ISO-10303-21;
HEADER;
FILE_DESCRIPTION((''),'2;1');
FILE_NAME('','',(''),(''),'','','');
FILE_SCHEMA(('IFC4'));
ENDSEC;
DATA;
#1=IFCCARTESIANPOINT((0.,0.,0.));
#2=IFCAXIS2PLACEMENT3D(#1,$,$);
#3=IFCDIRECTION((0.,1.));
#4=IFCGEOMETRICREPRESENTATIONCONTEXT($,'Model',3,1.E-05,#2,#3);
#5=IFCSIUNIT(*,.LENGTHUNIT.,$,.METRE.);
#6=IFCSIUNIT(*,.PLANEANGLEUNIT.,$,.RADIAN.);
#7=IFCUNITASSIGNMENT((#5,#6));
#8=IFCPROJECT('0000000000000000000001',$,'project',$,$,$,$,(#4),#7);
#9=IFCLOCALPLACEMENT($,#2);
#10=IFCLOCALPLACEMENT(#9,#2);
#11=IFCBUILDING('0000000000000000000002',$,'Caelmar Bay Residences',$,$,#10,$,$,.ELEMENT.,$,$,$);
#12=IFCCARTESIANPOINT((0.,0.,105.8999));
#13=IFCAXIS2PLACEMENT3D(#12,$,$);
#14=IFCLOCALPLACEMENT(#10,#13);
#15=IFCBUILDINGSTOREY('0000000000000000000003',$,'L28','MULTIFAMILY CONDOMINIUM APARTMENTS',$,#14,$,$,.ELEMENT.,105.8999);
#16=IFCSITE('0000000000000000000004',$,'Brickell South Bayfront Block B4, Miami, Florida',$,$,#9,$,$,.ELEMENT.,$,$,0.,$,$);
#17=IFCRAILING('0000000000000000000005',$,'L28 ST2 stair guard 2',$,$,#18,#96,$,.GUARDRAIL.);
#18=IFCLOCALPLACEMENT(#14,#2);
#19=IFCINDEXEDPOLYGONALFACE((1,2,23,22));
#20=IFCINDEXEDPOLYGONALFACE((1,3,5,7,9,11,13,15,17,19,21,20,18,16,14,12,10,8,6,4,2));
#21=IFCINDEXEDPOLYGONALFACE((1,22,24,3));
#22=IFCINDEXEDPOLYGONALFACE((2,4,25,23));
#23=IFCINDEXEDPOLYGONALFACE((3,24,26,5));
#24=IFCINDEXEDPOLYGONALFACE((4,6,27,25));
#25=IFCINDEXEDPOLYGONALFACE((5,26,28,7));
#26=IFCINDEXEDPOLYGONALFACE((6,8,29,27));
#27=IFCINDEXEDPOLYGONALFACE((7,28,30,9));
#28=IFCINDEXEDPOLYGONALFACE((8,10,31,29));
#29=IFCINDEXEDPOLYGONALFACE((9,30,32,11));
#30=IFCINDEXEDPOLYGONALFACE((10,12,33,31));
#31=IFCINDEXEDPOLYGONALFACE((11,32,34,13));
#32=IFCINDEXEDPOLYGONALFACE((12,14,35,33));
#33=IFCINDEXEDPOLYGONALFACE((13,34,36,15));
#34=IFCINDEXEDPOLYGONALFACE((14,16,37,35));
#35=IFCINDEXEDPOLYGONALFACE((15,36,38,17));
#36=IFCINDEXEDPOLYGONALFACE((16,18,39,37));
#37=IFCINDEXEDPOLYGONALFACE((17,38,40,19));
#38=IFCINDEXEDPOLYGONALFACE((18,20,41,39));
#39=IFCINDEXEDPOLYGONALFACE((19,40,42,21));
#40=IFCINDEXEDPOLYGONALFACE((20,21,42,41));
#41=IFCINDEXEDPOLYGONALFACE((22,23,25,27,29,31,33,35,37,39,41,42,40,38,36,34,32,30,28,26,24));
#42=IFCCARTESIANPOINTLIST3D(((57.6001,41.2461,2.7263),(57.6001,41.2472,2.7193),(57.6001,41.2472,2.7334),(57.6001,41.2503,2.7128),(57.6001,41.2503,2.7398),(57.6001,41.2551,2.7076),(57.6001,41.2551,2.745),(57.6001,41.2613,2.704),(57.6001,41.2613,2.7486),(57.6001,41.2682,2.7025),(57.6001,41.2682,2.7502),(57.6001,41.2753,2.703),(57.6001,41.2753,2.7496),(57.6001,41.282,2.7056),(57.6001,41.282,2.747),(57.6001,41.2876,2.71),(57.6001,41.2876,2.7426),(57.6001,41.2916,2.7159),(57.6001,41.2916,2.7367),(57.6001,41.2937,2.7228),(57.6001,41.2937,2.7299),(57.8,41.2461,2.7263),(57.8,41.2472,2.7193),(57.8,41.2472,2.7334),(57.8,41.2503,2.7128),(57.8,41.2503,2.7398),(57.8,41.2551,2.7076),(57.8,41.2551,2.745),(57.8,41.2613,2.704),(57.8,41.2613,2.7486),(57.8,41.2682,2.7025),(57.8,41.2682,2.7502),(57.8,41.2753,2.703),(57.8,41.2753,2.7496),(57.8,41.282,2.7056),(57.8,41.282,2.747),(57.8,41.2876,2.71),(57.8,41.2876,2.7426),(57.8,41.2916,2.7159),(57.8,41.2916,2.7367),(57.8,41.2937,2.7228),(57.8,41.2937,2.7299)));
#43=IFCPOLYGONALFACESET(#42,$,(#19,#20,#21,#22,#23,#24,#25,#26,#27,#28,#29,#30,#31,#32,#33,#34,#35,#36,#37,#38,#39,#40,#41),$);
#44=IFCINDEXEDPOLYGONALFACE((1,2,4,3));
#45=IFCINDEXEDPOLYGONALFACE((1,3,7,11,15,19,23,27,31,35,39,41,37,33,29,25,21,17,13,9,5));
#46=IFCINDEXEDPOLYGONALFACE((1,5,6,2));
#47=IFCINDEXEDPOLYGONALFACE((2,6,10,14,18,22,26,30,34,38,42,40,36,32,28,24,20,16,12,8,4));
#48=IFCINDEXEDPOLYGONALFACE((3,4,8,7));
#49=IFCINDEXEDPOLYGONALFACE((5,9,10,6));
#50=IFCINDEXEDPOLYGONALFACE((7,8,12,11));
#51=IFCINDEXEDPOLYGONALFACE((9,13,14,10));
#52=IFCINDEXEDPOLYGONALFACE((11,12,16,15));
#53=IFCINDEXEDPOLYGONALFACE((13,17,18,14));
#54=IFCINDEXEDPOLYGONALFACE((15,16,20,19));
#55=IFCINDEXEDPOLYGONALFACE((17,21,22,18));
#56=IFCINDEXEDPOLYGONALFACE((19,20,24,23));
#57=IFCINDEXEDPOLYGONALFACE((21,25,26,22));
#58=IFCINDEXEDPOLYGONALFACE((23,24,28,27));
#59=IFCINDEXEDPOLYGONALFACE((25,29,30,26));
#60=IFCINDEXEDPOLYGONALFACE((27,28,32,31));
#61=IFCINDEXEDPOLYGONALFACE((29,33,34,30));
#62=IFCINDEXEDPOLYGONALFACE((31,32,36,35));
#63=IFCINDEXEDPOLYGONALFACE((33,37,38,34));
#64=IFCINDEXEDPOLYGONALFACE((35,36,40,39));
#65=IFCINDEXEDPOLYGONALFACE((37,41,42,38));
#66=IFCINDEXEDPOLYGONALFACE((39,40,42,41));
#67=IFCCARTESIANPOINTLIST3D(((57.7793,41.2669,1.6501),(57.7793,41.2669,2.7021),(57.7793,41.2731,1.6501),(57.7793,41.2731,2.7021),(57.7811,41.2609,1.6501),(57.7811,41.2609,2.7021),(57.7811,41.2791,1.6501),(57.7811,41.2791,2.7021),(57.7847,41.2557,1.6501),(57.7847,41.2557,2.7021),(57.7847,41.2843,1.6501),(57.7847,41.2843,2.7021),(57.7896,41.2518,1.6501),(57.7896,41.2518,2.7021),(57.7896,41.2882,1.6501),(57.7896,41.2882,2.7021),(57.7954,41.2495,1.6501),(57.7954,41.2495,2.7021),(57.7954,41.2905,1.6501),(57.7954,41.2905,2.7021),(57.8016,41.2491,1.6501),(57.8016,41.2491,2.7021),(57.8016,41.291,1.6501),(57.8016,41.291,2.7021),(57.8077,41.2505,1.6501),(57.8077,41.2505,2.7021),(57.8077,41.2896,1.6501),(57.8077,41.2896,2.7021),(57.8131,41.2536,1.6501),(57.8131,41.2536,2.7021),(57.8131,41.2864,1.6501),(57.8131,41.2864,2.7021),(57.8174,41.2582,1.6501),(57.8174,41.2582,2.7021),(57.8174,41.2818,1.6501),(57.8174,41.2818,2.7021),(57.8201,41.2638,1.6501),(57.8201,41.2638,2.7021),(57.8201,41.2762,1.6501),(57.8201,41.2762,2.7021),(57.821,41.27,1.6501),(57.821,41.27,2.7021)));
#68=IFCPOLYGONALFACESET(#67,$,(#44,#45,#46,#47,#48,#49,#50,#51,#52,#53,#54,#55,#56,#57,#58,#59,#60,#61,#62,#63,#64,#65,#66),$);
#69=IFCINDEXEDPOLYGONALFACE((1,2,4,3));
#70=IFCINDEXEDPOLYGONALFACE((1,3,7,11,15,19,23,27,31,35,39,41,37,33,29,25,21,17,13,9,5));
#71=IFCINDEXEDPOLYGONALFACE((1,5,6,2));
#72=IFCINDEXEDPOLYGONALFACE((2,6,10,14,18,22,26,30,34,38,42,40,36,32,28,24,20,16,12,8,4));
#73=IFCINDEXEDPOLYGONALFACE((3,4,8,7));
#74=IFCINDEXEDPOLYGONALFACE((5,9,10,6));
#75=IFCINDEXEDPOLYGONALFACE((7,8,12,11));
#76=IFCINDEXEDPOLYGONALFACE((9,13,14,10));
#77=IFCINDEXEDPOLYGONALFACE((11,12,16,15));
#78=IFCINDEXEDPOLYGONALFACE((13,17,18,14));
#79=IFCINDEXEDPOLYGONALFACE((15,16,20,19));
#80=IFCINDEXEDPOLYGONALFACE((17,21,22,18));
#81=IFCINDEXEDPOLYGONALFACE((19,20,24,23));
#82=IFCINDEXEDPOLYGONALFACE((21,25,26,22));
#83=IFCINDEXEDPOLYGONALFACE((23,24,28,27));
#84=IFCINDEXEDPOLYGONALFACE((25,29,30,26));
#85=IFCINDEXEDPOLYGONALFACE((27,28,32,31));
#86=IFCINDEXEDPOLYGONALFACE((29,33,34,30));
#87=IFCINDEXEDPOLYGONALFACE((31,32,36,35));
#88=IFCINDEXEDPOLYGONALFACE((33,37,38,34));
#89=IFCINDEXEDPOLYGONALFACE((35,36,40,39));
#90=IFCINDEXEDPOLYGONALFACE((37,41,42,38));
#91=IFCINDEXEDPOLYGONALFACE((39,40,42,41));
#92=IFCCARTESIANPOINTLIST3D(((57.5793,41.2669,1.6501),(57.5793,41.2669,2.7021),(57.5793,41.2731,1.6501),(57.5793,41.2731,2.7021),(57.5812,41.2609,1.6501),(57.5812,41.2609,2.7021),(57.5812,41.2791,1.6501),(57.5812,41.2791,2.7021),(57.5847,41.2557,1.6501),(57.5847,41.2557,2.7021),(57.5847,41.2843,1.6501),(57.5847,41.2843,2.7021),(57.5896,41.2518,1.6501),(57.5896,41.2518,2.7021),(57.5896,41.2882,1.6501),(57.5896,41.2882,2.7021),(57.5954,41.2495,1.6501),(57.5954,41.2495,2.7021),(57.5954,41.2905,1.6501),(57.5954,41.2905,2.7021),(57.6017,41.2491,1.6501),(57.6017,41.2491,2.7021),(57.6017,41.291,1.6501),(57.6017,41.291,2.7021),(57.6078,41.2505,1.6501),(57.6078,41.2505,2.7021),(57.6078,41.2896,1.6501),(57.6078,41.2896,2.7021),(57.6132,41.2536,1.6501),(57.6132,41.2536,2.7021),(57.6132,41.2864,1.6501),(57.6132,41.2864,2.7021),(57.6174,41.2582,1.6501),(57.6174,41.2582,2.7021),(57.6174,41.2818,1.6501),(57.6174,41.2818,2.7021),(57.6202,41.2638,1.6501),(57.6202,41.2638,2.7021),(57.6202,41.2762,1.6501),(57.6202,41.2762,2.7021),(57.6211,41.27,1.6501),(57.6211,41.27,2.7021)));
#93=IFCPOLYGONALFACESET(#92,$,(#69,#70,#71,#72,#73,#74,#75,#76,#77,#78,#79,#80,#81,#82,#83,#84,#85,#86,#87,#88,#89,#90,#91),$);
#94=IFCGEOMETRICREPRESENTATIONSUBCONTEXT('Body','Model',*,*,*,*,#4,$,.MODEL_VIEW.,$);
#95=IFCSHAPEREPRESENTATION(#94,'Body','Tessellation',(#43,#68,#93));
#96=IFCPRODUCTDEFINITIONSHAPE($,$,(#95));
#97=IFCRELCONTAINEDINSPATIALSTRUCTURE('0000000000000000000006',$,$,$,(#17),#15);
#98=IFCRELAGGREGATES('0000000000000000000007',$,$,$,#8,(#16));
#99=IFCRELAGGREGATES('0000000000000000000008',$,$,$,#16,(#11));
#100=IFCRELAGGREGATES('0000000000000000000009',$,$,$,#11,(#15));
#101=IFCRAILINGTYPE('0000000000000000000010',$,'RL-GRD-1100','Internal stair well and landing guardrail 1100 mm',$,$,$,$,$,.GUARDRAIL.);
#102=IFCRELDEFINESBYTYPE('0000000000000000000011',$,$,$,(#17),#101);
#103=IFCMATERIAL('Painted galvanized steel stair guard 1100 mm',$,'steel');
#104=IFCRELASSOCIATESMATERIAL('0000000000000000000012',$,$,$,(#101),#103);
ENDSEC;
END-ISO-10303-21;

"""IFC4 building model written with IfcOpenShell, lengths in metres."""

from ifc_helpers import new_model, si_unit, direction, frame, origin, origin_2d, place, context, subcontext, project, spatial, circle, extrude, material, type_object, element, save


model = new_model("IFC4")

# Units and contexts
model_context = context("Model", 3, precision=1e-05, world=origin(), true_north=direction((0.0, 1.0)))
body_context = subcontext(model_context, "Body", "Model", "MODEL_VIEW")
ifc_project = project(units=[si_unit("LENGTHUNIT", "METRE"), si_unit("PLANEANGLEUNIT", "RADIAN")], contexts=[model_context])

# Site, building, storey
site_placement = place(None, origin())
site = spatial("IfcSite", under=ifc_project, at=site_placement, Name="Brickell South Bayfront Block B4, Miami, Florida", CompositionType="ELEMENT", RefElevation=0.0)
building_placement = place(site_placement, origin())
building = spatial("IfcBuilding", under=site, at=building_placement, Name="Caelmar Bay Residences", CompositionType="ELEMENT")
storey_placement = place(building_placement, frame((0.0, 0.0, 105.8999)))
storey = spatial("IfcBuildingStorey", under=building, at=storey_placement, Name="L28", Description="MULTIFAMILY CONDOMINIUM APARTMENTS", CompositionType="ELEMENT", Elevation=105.8999)

# Railing
ifc_material_1 = material(Name="Painted galvanized steel stair guard 1100 mm", Category="steel")
railing_type_1 = type_object("IfcRailingType", Name="RL-GRD-1100", Description="Internal stair well and landing guardrail 1100 mm", PredefinedType="GUARDRAIL", material=ifc_material_1)
railing_1_placement = place(storey_placement, frame((57.8, 41.27, 1.6501)))
element("IfcRailing", 1, at=railing_1_placement, inside=storey, type_object=railing_type_1, Name="L28 ST2 stair guard 2", PredefinedType="GUARDRAIL", context=body_context, shape_type="SweptSolid", body=[
    extrude(circle(Radius=0.0239, at=origin_2d()), frame((0.0, 0.0, 1.0762), z_axis=(-1.0, 0.0, 0.0), x_axis=(0.0, -1.0, 0.0)), (0.0, 0.0, 1.0), 0.2),
    extrude(circle(Radius=0.021, at=origin_2d()), origin(), (0.0, 0.0, 1.0), 1.052),
    extrude(circle(Radius=0.021, at=origin_2d()), frame((-0.2, 0.0, 0.0)), (0.0, 0.0, 1.0), 1.052),
])

save(model, "model.ifc")
